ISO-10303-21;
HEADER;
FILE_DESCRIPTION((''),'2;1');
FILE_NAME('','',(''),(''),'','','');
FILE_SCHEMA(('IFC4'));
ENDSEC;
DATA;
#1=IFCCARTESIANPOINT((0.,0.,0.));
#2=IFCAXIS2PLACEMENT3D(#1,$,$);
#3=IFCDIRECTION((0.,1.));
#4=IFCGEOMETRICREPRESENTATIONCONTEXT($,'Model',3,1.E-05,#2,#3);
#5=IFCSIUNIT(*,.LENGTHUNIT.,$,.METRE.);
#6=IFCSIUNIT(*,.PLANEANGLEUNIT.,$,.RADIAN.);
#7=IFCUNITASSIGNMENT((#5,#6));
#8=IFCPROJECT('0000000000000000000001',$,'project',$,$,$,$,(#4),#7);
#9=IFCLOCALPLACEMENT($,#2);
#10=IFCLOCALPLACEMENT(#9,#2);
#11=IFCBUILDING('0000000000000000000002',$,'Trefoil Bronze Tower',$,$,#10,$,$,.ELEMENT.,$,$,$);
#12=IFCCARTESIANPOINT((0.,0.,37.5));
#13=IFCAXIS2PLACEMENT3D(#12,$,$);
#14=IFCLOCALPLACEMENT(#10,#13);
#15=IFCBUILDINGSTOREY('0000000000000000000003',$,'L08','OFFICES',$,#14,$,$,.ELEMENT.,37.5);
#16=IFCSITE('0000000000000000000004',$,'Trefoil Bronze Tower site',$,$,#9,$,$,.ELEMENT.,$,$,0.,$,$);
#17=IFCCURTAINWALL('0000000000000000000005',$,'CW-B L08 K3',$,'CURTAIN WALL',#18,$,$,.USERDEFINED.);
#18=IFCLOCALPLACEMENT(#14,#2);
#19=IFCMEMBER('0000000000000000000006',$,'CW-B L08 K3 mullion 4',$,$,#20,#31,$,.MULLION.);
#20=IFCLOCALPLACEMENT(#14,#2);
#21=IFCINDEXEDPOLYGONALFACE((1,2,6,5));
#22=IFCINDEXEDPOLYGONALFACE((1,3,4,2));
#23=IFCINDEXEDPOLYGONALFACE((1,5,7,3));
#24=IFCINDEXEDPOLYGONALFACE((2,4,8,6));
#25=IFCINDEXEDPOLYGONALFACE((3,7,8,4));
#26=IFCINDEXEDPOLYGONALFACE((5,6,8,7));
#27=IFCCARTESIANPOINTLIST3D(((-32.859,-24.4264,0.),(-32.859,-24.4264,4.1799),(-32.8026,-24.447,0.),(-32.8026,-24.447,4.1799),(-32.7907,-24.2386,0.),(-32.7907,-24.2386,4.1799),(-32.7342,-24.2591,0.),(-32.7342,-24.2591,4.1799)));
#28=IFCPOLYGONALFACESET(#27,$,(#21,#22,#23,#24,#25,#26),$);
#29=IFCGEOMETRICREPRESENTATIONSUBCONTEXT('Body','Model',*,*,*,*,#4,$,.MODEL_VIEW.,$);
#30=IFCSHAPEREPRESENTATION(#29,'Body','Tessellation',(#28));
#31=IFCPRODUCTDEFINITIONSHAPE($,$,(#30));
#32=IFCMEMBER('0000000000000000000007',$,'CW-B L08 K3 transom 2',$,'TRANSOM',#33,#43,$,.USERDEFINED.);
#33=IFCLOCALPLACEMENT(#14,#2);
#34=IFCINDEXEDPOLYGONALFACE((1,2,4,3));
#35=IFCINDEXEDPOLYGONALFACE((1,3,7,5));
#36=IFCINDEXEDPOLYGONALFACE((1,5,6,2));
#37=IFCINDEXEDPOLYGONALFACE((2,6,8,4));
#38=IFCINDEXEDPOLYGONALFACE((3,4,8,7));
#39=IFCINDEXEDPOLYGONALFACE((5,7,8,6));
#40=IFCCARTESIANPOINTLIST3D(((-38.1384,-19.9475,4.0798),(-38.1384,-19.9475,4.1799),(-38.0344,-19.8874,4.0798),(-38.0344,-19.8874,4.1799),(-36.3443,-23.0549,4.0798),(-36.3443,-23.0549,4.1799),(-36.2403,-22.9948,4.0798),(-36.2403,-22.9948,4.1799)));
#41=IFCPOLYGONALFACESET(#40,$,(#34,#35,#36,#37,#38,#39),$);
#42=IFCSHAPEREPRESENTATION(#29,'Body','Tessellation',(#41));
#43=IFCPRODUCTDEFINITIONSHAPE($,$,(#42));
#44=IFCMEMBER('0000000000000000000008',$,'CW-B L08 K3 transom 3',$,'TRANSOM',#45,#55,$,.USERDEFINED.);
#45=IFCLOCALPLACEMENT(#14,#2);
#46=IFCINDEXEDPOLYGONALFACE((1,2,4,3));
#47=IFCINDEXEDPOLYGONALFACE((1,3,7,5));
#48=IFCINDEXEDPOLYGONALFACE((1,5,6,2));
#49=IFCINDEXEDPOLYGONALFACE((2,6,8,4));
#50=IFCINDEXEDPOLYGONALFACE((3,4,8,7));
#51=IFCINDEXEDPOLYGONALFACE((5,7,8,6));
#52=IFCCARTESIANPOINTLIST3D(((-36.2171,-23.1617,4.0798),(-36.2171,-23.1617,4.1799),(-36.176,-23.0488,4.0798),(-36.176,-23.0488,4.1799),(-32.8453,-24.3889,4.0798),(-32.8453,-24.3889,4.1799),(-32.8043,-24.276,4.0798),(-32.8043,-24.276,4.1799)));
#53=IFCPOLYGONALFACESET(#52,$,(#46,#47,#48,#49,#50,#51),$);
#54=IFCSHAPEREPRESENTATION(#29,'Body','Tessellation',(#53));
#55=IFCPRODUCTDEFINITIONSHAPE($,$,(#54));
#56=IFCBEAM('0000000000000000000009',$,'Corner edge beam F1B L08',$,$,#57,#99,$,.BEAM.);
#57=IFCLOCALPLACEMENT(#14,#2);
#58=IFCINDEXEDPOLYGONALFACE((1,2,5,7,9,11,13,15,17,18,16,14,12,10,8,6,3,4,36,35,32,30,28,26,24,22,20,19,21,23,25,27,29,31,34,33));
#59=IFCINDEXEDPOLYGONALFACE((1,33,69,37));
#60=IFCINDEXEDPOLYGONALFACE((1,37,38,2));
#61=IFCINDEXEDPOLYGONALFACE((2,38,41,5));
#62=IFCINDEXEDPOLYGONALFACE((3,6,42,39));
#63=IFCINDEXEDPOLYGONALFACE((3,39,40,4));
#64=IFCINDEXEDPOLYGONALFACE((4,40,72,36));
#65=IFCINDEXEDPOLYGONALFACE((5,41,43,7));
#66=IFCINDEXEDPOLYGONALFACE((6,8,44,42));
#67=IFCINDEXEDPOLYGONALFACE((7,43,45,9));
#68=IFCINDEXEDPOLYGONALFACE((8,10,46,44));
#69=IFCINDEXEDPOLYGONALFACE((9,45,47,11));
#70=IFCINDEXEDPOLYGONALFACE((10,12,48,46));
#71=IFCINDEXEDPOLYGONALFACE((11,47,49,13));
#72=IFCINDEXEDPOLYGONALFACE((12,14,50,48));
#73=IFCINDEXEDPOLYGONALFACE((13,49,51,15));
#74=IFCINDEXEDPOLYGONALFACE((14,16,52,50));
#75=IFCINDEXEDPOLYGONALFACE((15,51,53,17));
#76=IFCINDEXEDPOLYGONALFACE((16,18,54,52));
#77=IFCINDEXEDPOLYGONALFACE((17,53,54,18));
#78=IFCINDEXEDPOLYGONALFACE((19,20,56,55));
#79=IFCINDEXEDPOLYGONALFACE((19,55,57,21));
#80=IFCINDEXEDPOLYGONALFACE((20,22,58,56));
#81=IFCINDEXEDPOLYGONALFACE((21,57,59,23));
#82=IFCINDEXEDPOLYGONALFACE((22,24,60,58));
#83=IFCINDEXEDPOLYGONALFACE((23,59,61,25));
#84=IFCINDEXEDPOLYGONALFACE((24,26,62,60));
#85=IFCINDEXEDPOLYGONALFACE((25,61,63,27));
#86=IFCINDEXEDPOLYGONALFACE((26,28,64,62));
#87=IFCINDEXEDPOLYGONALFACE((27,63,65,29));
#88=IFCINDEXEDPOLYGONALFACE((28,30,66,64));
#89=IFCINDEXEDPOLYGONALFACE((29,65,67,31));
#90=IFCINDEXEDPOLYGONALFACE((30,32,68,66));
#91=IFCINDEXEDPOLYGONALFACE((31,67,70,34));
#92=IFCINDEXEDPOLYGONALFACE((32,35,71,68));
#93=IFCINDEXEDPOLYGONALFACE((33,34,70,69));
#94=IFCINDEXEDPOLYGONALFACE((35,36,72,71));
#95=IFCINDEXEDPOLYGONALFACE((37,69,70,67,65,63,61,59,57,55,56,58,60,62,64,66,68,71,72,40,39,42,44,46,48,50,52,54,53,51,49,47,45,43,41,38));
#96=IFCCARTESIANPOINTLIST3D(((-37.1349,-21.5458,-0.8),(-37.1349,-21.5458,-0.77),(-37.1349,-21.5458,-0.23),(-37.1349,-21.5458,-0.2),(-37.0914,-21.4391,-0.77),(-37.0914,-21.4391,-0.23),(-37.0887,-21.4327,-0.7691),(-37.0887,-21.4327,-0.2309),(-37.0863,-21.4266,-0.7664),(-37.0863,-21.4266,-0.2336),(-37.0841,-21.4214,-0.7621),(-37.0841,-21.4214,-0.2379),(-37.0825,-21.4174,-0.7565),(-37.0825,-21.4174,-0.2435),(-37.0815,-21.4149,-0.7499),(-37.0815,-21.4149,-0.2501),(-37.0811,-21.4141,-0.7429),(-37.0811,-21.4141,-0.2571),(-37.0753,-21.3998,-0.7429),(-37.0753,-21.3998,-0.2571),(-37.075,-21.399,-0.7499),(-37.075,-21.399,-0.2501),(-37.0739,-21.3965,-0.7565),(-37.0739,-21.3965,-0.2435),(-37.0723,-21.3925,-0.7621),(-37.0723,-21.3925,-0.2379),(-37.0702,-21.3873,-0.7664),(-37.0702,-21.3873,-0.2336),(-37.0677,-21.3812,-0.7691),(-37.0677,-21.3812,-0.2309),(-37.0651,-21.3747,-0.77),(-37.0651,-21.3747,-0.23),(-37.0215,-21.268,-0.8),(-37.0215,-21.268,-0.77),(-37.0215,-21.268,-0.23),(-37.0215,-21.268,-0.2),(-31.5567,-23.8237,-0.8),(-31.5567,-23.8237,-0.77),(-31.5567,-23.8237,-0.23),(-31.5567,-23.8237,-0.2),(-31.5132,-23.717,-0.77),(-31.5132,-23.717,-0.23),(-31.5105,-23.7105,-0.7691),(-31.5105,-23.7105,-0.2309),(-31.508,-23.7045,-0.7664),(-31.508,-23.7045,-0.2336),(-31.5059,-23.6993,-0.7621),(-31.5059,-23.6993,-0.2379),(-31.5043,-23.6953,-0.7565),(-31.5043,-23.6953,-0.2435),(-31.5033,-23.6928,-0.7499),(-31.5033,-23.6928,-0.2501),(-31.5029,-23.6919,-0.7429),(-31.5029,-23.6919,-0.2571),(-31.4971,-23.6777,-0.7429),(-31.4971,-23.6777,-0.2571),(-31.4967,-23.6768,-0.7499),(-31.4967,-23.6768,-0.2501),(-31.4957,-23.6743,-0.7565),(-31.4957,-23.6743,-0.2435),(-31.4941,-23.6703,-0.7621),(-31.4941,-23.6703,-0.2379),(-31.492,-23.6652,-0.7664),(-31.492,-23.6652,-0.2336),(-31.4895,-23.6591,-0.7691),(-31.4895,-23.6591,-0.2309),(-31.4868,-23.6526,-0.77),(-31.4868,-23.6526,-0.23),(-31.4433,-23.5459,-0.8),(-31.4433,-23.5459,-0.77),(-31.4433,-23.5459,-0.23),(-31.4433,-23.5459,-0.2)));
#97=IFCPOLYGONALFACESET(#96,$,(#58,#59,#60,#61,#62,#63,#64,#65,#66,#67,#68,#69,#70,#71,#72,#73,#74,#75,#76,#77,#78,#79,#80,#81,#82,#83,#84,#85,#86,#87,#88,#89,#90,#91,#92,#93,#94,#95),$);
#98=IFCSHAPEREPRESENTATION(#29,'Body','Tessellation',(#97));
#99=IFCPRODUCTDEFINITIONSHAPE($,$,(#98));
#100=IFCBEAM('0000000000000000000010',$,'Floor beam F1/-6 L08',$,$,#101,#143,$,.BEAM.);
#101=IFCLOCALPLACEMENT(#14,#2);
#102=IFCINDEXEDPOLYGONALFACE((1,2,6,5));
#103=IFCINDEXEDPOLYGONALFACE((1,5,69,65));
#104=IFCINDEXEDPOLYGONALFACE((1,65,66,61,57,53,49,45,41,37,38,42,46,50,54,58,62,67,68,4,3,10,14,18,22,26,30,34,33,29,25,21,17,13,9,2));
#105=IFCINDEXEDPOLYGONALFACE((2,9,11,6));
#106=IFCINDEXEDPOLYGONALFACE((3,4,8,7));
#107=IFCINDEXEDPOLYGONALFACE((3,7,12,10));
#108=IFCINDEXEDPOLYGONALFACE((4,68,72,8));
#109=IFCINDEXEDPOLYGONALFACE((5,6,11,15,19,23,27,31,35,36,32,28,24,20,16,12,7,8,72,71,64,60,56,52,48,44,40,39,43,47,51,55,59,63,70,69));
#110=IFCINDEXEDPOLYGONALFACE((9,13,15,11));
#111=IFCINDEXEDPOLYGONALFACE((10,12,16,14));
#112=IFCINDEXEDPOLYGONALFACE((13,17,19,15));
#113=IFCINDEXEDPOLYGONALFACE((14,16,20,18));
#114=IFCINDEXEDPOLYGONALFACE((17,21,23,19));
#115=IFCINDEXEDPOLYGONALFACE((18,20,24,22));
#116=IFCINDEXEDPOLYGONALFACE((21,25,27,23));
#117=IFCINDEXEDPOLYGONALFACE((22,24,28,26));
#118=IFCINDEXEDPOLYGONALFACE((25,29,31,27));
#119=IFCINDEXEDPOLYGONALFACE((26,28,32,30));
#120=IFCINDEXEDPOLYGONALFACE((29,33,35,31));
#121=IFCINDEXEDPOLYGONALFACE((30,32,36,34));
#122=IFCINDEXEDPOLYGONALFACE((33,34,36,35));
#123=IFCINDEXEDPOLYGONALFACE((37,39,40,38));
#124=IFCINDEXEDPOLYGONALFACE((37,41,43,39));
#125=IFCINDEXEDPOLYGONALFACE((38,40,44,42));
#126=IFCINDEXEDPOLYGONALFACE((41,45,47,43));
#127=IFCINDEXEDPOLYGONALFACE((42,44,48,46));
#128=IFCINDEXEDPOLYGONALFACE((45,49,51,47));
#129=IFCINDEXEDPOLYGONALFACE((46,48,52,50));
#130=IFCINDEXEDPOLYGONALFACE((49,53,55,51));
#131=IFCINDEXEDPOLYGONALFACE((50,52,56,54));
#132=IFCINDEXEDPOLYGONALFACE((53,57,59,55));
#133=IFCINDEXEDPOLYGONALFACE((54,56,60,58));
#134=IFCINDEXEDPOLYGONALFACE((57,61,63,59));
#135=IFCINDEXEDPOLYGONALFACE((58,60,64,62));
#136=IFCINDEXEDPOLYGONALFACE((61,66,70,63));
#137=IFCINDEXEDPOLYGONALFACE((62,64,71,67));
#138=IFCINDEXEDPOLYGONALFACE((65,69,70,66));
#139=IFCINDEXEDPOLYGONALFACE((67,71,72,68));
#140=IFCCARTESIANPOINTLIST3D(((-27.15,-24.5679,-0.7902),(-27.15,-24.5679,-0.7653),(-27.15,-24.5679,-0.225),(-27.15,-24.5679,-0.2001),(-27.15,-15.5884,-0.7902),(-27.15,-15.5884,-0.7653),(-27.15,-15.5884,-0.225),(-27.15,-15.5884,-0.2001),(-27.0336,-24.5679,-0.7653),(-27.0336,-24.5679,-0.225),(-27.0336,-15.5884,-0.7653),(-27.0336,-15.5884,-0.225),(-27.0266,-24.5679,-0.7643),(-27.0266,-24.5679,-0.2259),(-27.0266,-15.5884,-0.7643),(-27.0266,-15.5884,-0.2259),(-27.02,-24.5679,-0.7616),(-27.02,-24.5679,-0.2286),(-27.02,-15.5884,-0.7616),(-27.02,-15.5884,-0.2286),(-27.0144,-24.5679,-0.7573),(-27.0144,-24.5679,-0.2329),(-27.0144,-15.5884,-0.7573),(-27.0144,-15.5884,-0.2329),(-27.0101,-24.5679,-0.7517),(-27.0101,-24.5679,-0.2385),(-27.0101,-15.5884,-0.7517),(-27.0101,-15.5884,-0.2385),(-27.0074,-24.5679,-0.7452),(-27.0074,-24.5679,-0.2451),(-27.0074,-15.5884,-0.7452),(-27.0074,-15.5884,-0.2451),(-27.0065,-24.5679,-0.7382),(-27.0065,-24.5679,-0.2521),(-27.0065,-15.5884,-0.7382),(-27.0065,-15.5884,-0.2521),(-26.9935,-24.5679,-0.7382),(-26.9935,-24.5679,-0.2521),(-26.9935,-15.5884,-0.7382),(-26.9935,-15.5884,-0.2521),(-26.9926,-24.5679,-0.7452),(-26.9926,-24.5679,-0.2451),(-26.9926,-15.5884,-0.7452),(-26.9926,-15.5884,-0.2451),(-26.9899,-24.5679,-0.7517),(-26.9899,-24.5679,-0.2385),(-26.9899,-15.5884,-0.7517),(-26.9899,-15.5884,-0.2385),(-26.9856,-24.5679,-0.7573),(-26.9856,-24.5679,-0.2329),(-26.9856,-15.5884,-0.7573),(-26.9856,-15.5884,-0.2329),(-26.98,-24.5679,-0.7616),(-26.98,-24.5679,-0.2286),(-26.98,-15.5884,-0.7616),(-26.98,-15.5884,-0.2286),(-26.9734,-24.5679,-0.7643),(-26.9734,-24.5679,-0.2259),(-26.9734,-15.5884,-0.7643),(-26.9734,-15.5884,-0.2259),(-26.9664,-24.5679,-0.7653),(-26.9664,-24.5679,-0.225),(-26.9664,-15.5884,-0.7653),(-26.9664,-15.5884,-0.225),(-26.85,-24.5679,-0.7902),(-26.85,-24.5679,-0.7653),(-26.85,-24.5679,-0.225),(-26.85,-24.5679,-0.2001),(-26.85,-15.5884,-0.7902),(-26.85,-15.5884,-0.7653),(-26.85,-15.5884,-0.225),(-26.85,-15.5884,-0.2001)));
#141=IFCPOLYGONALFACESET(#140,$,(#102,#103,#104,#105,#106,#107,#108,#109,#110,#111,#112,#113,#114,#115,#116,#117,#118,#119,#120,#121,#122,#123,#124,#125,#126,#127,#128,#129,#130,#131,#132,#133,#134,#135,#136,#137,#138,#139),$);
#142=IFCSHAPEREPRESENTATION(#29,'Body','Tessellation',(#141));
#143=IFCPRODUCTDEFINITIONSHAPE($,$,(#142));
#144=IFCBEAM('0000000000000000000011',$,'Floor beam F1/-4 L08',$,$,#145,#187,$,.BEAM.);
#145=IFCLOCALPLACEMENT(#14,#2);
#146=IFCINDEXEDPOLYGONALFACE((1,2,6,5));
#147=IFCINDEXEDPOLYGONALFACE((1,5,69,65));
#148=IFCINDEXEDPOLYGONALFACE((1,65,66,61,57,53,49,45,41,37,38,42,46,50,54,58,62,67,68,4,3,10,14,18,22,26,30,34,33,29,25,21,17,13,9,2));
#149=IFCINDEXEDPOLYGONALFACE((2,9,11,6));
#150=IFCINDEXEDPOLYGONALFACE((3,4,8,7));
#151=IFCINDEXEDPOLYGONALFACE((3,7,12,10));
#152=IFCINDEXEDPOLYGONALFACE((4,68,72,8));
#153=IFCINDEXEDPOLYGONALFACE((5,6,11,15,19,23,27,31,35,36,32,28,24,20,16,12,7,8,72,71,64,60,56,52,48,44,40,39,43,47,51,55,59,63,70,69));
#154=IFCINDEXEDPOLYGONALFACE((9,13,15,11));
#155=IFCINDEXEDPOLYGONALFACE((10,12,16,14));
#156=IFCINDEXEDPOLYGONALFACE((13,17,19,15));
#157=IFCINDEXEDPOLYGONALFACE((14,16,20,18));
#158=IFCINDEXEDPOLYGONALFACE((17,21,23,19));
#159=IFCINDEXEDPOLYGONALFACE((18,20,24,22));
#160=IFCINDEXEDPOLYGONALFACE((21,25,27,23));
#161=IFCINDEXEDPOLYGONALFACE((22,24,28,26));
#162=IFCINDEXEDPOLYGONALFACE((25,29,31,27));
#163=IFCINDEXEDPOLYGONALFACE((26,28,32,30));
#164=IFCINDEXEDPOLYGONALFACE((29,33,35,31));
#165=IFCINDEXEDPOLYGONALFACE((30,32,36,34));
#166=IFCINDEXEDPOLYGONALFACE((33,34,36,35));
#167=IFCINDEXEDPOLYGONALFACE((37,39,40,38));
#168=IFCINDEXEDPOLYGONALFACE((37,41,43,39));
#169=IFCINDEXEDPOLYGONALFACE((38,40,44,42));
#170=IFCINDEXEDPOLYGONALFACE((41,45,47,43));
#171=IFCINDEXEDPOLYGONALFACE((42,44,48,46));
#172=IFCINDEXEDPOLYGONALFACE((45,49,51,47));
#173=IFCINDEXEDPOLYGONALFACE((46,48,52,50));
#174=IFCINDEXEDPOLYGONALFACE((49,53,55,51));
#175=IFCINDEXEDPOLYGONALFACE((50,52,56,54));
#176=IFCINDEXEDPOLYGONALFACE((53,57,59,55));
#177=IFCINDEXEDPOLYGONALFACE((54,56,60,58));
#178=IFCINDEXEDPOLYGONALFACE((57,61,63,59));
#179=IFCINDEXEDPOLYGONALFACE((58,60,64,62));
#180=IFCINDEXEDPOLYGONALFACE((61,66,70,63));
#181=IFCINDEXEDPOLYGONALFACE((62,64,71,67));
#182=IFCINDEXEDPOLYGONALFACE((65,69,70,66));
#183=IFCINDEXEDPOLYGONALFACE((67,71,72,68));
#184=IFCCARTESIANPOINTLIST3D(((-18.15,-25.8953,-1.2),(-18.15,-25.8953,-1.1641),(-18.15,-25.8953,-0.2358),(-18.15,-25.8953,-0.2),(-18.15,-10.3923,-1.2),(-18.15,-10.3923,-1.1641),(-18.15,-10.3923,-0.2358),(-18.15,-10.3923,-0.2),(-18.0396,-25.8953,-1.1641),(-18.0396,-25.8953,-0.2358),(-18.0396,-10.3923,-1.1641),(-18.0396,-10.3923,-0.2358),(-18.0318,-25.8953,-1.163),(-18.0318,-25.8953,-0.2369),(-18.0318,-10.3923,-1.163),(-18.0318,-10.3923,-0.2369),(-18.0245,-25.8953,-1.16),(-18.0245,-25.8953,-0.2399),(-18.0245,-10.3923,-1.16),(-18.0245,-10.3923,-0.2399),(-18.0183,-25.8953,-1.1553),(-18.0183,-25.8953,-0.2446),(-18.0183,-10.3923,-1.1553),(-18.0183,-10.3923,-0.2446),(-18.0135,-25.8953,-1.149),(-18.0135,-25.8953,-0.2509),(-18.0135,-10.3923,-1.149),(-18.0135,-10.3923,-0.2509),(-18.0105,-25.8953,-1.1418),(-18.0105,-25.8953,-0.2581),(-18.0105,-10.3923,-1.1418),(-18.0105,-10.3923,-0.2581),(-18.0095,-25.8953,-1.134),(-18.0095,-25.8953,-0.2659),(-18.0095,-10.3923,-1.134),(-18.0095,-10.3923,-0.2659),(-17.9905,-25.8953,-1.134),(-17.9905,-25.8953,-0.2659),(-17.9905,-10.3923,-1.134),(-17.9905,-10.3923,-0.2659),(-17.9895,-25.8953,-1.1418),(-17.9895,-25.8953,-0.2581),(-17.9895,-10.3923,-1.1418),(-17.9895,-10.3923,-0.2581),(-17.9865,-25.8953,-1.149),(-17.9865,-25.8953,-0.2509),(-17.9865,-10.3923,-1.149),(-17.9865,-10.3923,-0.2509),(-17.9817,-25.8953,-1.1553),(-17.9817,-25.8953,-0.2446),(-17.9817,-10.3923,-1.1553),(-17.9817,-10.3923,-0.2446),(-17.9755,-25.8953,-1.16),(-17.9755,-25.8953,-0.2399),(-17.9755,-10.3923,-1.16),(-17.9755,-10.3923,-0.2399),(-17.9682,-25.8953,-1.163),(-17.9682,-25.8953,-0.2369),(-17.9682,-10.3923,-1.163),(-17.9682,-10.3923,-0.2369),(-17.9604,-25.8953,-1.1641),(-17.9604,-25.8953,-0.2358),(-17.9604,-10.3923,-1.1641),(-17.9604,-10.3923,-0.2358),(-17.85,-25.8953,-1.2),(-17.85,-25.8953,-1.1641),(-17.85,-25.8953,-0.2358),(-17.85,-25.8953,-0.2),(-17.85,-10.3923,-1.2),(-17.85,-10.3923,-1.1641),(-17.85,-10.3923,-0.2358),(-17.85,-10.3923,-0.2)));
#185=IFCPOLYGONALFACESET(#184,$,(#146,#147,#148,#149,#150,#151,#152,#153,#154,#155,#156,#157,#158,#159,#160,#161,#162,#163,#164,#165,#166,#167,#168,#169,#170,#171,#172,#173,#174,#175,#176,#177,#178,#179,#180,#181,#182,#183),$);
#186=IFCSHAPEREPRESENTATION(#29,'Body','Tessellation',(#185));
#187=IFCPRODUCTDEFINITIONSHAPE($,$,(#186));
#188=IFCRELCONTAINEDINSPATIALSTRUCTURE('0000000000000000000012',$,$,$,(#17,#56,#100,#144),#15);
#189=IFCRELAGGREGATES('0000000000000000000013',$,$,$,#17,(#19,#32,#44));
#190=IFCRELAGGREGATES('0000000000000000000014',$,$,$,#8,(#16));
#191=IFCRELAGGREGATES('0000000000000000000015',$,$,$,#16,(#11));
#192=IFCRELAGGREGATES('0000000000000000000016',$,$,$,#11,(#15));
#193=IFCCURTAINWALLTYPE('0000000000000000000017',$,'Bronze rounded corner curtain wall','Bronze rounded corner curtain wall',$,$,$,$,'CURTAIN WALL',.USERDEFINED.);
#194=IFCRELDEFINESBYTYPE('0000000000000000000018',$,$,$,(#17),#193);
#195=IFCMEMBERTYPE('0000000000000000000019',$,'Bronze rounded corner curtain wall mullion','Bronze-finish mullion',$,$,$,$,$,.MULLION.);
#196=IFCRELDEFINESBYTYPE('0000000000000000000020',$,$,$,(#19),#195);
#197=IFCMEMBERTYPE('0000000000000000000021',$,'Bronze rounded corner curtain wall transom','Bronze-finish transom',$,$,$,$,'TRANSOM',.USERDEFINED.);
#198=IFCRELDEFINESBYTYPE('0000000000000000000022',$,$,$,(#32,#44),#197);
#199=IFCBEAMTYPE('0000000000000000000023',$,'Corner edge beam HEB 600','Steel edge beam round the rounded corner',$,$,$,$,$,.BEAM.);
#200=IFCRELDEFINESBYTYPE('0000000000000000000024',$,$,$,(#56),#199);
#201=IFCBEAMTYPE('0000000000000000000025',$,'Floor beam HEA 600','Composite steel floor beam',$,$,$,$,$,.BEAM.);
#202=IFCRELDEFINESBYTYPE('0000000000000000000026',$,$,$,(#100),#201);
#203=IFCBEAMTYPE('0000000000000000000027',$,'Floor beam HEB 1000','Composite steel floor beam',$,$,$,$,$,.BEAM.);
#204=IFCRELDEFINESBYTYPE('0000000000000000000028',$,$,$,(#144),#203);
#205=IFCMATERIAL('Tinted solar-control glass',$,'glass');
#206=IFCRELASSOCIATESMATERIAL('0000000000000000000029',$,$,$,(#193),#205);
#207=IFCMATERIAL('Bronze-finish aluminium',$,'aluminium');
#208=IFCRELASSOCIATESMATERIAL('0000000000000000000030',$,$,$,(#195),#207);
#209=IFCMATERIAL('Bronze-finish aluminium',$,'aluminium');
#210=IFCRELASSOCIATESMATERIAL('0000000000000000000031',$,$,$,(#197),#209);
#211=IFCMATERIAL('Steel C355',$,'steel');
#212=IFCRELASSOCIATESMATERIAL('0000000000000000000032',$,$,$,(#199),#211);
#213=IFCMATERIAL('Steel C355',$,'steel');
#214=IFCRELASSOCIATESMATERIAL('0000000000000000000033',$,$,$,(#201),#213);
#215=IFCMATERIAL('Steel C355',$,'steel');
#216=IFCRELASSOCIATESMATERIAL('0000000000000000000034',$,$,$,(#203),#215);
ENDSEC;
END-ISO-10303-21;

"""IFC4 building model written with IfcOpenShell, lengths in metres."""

from ifc_helpers import new_model, si_unit, direction, frame, origin, origin_2d, place, context, subcontext, project, spatial, rectangle, i_section, extrude, material, material_profile, profile_set, type_object, element, aggregate, save


model = new_model("IFC4")

# Units and contexts
model_context = context("Model", 3, precision=1e-05, world=origin(), true_north=direction((0.0, 1.0)))
body_context = subcontext(model_context, "Body", "Model", "MODEL_VIEW")
ifc_project = project(units=[si_unit("LENGTHUNIT", "METRE"), si_unit("PLANEANGLEUNIT", "RADIAN")], contexts=[model_context])

# Site, building, storey
site_placement = place(None, origin())
site = spatial("IfcSite", under=ifc_project, at=site_placement, Name="Trefoil Bronze Tower site", CompositionType="ELEMENT", RefElevation=0.0)
building_placement = place(site_placement, origin())
building = spatial("IfcBuilding", under=site, at=building_placement, Name="Trefoil Bronze Tower", CompositionType="ELEMENT")
storey_placement = place(building_placement, frame((0.0, 0.0, 37.5)))
storey = spatial("IfcBuildingStorey", under=building, at=storey_placement, Name="L08", Description="OFFICES", CompositionType="ELEMENT", Elevation=37.5)

# Curtain wall, members
ifc_material_1 = material(Name="Tinted solar-control glass", Category="glass")
curtain_wall_type_1 = type_object("IfcCurtainWallType", Name="Bronze rounded corner curtain wall", Description="Bronze rounded corner curtain wall", ElementType="CURTAIN WALL", PredefinedType="USERDEFINED", material=ifc_material_1)
curtain_wall_1_placement = place(storey_placement, origin())
curtain_wall_1 = element("IfcCurtainWall", 1, at=curtain_wall_1_placement, inside=storey, type_object=curtain_wall_type_1, Name="CW-B L08 K3", ObjectType="CURTAIN WALL", PredefinedType="USERDEFINED")
ifc_material_2 = material(Name="Bronze-finish aluminium", Category="aluminium")
ifc_material_profile_1 = material_profile(ifc_material_2, rectangle(XDim=0.2, YDim=0.0601, at=origin_2d()), Name="CW-B mullion")
ifc_profile_set_1 = profile_set([ifc_material_profile_1], Name="Bronze-finish aluminium")
member_type_1 = type_object("IfcMemberType", Name="Bronze rounded corner curtain wall mullion", Description="Bronze-finish mullion", PredefinedType="MULLION", material=ifc_profile_set_1)
member_1_placement = place(storey_placement, frame((-32.7966, -24.3428, 0.0), z_axis=(0.0, 0.0, 1.0), x_axis=(0.34202, 0.939693, 0.0)))
member_1 = element("IfcMember", 2, at=member_1_placement, type_object=member_type_1, Name="CW-B L08 K3 mullion 4", PredefinedType="MULLION", context=body_context, shape_type="SweptSolid", body=[
    extrude(rectangle(XDim=0.2, YDim=0.0601, at=origin_2d()), origin(), (0.0, 0.0, 1.0), 4.1799),
])
ifc_material_3 = material(Name="Bronze-finish aluminium", Category="aluminium")
ifc_material_profile_2 = material_profile(ifc_material_3, rectangle(XDim=0.1201, YDim=0.1001, at=origin_2d()), Name="CW-B transom")
ifc_profile_set_2 = profile_set([ifc_material_profile_2], Name="Bronze-finish aluminium")
member_type_2 = type_object("IfcMemberType", Name="Bronze rounded corner curtain wall transom", Description="Bronze-finish transom", ElementType="TRANSOM", PredefinedType="USERDEFINED", material=ifc_profile_set_2)
member_2_placement = place(storey_placement, frame((-38.0864, -19.9175, 4.1299), z_axis=(0.500025, -0.866011, 0.0), x_axis=(0.866011, 0.500025, 0.0)))
member_2 = element("IfcMember", 3, at=member_2_placement, type_object=member_type_2, Name="CW-B L08 K3 transom 2", ObjectType="TRANSOM", PredefinedType="USERDEFINED", context=body_context, shape_type="SweptSolid", body=[
    extrude(rectangle(XDim=0.1201, YDim=0.1001, at=origin_2d()), origin(), (0.0, 0.0, 1.0), 3.5881),
])
member_3_placement = place(storey_placement, frame((-36.1965, -23.1052, 4.1299), z_axis=(0.939688, -0.342033, 0.0), x_axis=(0.342033, 0.939688, 0.0)))
member_3 = element("IfcMember", 4, at=member_3_placement, type_object=member_type_2, Name="CW-B L08 K3 transom 3", ObjectType="TRANSOM", PredefinedType="USERDEFINED", context=body_context, shape_type="SweptSolid", body=[
    extrude(rectangle(XDim=0.1201, YDim=0.1001, at=origin_2d()), origin(), (0.0, 0.0, 1.0), 3.5881),
])

# Beams
ifc_material_4 = material(Name="Steel C355", Category="steel")
ifc_material_profile_3 = material_profile(ifc_material_4, i_section(OverallWidth=0.3, OverallDepth=0.6001, WebThickness=0.0154, FlangeThickness=0.03, FilletRadius=0.0271, at=origin_2d()), Name="HEB 600")
ifc_profile_set_3 = profile_set([ifc_material_profile_3], Name="Steel C355")
beam_type_1 = type_object("IfcBeamType", Name="Corner edge beam HEB 600", Description="Steel edge beam round the rounded corner", PredefinedType="BEAM", material=ifc_profile_set_3)
beam_1_placement = place(storey_placement, frame((-31.5, -23.6848, -0.5), z_axis=(-0.925787, 0.378046, 0.0), x_axis=(-0.378046, -0.925787, 0.0)))
element("IfcBeam", 5, at=beam_1_placement, inside=storey, type_object=beam_type_1, Name="Corner edge beam F1B L08", PredefinedType="BEAM", context=body_context, shape_type="SweptSolid", body=[
    extrude(i_section(OverallWidth=0.3, OverallDepth=0.6001, WebThickness=0.0154, FlangeThickness=0.03, FilletRadius=0.0271, at=origin_2d()), origin(), (0.0, 0.0, 1.0), 6.0254),
])
ifc_material_5 = material(Name="Steel C355", Category="steel")
ifc_material_profile_4 = material_profile(ifc_material_5, i_section(OverallWidth=0.3, OverallDepth=0.5901, WebThickness=0.0129, FlangeThickness=0.0249, FilletRadius=0.0271, at=origin_2d()), Name="HEA 600")
ifc_profile_set_4 = profile_set([ifc_material_profile_4], Name="Steel C355")
beam_type_2 = type_object("IfcBeamType", Name="Floor beam HEA 600", Description="Composite steel floor beam", PredefinedType="BEAM", material=ifc_profile_set_4)
beam_2_placement = place(storey_placement, frame((-27.0, -24.5679, -0.4951), z_axis=(0.0, 1.0, 0.0), x_axis=(-1.0, 0.0, 0.0)))
element("IfcBeam", 6, at=beam_2_placement, inside=storey, type_object=beam_type_2, Name="Floor beam F1/-6 L08", PredefinedType="BEAM", context=body_context, shape_type="SweptSolid", body=[
    extrude(i_section(OverallWidth=0.3, OverallDepth=0.5901, WebThickness=0.0129, FlangeThickness=0.0249, FilletRadius=0.0271, at=origin_2d()), origin(), (0.0, 0.0, 1.0), 8.9795),
])
ifc_material_6 = material(Name="Steel C355", Category="steel")
ifc_material_profile_5 = material_profile(ifc_material_6, i_section(OverallWidth=0.3, OverallDepth=1.0, WebThickness=0.019, FlangeThickness=0.0359, FilletRadius=0.03, at=origin_2d()), Name="HEB 1000")
ifc_profile_set_5 = profile_set([ifc_material_profile_5], Name="Steel C355")
beam_type_3 = type_object("IfcBeamType", Name="Floor beam HEB 1000", Description="Composite steel floor beam", PredefinedType="BEAM", material=ifc_profile_set_5)
beam_3_placement = place(storey_placement, frame((-18.0, -25.8953, -0.7), z_axis=(0.0, 1.0, 0.0), x_axis=(-1.0, 0.0, 0.0)))
element("IfcBeam", 7, at=beam_3_placement, inside=storey, type_object=beam_type_3, Name="Floor beam F1/-4 L08", PredefinedType="BEAM", context=body_context, shape_type="SweptSolid", body=[
    extrude(i_section(OverallWidth=0.3, OverallDepth=1.0, WebThickness=0.019, FlangeThickness=0.0359, FilletRadius=0.03, at=origin_2d()), origin(), (0.0, 0.0, 1.0), 15.5029),
])

aggregate(curtain_wall_1, [member_1, member_2, member_3])

save(model, "model.ifc")
